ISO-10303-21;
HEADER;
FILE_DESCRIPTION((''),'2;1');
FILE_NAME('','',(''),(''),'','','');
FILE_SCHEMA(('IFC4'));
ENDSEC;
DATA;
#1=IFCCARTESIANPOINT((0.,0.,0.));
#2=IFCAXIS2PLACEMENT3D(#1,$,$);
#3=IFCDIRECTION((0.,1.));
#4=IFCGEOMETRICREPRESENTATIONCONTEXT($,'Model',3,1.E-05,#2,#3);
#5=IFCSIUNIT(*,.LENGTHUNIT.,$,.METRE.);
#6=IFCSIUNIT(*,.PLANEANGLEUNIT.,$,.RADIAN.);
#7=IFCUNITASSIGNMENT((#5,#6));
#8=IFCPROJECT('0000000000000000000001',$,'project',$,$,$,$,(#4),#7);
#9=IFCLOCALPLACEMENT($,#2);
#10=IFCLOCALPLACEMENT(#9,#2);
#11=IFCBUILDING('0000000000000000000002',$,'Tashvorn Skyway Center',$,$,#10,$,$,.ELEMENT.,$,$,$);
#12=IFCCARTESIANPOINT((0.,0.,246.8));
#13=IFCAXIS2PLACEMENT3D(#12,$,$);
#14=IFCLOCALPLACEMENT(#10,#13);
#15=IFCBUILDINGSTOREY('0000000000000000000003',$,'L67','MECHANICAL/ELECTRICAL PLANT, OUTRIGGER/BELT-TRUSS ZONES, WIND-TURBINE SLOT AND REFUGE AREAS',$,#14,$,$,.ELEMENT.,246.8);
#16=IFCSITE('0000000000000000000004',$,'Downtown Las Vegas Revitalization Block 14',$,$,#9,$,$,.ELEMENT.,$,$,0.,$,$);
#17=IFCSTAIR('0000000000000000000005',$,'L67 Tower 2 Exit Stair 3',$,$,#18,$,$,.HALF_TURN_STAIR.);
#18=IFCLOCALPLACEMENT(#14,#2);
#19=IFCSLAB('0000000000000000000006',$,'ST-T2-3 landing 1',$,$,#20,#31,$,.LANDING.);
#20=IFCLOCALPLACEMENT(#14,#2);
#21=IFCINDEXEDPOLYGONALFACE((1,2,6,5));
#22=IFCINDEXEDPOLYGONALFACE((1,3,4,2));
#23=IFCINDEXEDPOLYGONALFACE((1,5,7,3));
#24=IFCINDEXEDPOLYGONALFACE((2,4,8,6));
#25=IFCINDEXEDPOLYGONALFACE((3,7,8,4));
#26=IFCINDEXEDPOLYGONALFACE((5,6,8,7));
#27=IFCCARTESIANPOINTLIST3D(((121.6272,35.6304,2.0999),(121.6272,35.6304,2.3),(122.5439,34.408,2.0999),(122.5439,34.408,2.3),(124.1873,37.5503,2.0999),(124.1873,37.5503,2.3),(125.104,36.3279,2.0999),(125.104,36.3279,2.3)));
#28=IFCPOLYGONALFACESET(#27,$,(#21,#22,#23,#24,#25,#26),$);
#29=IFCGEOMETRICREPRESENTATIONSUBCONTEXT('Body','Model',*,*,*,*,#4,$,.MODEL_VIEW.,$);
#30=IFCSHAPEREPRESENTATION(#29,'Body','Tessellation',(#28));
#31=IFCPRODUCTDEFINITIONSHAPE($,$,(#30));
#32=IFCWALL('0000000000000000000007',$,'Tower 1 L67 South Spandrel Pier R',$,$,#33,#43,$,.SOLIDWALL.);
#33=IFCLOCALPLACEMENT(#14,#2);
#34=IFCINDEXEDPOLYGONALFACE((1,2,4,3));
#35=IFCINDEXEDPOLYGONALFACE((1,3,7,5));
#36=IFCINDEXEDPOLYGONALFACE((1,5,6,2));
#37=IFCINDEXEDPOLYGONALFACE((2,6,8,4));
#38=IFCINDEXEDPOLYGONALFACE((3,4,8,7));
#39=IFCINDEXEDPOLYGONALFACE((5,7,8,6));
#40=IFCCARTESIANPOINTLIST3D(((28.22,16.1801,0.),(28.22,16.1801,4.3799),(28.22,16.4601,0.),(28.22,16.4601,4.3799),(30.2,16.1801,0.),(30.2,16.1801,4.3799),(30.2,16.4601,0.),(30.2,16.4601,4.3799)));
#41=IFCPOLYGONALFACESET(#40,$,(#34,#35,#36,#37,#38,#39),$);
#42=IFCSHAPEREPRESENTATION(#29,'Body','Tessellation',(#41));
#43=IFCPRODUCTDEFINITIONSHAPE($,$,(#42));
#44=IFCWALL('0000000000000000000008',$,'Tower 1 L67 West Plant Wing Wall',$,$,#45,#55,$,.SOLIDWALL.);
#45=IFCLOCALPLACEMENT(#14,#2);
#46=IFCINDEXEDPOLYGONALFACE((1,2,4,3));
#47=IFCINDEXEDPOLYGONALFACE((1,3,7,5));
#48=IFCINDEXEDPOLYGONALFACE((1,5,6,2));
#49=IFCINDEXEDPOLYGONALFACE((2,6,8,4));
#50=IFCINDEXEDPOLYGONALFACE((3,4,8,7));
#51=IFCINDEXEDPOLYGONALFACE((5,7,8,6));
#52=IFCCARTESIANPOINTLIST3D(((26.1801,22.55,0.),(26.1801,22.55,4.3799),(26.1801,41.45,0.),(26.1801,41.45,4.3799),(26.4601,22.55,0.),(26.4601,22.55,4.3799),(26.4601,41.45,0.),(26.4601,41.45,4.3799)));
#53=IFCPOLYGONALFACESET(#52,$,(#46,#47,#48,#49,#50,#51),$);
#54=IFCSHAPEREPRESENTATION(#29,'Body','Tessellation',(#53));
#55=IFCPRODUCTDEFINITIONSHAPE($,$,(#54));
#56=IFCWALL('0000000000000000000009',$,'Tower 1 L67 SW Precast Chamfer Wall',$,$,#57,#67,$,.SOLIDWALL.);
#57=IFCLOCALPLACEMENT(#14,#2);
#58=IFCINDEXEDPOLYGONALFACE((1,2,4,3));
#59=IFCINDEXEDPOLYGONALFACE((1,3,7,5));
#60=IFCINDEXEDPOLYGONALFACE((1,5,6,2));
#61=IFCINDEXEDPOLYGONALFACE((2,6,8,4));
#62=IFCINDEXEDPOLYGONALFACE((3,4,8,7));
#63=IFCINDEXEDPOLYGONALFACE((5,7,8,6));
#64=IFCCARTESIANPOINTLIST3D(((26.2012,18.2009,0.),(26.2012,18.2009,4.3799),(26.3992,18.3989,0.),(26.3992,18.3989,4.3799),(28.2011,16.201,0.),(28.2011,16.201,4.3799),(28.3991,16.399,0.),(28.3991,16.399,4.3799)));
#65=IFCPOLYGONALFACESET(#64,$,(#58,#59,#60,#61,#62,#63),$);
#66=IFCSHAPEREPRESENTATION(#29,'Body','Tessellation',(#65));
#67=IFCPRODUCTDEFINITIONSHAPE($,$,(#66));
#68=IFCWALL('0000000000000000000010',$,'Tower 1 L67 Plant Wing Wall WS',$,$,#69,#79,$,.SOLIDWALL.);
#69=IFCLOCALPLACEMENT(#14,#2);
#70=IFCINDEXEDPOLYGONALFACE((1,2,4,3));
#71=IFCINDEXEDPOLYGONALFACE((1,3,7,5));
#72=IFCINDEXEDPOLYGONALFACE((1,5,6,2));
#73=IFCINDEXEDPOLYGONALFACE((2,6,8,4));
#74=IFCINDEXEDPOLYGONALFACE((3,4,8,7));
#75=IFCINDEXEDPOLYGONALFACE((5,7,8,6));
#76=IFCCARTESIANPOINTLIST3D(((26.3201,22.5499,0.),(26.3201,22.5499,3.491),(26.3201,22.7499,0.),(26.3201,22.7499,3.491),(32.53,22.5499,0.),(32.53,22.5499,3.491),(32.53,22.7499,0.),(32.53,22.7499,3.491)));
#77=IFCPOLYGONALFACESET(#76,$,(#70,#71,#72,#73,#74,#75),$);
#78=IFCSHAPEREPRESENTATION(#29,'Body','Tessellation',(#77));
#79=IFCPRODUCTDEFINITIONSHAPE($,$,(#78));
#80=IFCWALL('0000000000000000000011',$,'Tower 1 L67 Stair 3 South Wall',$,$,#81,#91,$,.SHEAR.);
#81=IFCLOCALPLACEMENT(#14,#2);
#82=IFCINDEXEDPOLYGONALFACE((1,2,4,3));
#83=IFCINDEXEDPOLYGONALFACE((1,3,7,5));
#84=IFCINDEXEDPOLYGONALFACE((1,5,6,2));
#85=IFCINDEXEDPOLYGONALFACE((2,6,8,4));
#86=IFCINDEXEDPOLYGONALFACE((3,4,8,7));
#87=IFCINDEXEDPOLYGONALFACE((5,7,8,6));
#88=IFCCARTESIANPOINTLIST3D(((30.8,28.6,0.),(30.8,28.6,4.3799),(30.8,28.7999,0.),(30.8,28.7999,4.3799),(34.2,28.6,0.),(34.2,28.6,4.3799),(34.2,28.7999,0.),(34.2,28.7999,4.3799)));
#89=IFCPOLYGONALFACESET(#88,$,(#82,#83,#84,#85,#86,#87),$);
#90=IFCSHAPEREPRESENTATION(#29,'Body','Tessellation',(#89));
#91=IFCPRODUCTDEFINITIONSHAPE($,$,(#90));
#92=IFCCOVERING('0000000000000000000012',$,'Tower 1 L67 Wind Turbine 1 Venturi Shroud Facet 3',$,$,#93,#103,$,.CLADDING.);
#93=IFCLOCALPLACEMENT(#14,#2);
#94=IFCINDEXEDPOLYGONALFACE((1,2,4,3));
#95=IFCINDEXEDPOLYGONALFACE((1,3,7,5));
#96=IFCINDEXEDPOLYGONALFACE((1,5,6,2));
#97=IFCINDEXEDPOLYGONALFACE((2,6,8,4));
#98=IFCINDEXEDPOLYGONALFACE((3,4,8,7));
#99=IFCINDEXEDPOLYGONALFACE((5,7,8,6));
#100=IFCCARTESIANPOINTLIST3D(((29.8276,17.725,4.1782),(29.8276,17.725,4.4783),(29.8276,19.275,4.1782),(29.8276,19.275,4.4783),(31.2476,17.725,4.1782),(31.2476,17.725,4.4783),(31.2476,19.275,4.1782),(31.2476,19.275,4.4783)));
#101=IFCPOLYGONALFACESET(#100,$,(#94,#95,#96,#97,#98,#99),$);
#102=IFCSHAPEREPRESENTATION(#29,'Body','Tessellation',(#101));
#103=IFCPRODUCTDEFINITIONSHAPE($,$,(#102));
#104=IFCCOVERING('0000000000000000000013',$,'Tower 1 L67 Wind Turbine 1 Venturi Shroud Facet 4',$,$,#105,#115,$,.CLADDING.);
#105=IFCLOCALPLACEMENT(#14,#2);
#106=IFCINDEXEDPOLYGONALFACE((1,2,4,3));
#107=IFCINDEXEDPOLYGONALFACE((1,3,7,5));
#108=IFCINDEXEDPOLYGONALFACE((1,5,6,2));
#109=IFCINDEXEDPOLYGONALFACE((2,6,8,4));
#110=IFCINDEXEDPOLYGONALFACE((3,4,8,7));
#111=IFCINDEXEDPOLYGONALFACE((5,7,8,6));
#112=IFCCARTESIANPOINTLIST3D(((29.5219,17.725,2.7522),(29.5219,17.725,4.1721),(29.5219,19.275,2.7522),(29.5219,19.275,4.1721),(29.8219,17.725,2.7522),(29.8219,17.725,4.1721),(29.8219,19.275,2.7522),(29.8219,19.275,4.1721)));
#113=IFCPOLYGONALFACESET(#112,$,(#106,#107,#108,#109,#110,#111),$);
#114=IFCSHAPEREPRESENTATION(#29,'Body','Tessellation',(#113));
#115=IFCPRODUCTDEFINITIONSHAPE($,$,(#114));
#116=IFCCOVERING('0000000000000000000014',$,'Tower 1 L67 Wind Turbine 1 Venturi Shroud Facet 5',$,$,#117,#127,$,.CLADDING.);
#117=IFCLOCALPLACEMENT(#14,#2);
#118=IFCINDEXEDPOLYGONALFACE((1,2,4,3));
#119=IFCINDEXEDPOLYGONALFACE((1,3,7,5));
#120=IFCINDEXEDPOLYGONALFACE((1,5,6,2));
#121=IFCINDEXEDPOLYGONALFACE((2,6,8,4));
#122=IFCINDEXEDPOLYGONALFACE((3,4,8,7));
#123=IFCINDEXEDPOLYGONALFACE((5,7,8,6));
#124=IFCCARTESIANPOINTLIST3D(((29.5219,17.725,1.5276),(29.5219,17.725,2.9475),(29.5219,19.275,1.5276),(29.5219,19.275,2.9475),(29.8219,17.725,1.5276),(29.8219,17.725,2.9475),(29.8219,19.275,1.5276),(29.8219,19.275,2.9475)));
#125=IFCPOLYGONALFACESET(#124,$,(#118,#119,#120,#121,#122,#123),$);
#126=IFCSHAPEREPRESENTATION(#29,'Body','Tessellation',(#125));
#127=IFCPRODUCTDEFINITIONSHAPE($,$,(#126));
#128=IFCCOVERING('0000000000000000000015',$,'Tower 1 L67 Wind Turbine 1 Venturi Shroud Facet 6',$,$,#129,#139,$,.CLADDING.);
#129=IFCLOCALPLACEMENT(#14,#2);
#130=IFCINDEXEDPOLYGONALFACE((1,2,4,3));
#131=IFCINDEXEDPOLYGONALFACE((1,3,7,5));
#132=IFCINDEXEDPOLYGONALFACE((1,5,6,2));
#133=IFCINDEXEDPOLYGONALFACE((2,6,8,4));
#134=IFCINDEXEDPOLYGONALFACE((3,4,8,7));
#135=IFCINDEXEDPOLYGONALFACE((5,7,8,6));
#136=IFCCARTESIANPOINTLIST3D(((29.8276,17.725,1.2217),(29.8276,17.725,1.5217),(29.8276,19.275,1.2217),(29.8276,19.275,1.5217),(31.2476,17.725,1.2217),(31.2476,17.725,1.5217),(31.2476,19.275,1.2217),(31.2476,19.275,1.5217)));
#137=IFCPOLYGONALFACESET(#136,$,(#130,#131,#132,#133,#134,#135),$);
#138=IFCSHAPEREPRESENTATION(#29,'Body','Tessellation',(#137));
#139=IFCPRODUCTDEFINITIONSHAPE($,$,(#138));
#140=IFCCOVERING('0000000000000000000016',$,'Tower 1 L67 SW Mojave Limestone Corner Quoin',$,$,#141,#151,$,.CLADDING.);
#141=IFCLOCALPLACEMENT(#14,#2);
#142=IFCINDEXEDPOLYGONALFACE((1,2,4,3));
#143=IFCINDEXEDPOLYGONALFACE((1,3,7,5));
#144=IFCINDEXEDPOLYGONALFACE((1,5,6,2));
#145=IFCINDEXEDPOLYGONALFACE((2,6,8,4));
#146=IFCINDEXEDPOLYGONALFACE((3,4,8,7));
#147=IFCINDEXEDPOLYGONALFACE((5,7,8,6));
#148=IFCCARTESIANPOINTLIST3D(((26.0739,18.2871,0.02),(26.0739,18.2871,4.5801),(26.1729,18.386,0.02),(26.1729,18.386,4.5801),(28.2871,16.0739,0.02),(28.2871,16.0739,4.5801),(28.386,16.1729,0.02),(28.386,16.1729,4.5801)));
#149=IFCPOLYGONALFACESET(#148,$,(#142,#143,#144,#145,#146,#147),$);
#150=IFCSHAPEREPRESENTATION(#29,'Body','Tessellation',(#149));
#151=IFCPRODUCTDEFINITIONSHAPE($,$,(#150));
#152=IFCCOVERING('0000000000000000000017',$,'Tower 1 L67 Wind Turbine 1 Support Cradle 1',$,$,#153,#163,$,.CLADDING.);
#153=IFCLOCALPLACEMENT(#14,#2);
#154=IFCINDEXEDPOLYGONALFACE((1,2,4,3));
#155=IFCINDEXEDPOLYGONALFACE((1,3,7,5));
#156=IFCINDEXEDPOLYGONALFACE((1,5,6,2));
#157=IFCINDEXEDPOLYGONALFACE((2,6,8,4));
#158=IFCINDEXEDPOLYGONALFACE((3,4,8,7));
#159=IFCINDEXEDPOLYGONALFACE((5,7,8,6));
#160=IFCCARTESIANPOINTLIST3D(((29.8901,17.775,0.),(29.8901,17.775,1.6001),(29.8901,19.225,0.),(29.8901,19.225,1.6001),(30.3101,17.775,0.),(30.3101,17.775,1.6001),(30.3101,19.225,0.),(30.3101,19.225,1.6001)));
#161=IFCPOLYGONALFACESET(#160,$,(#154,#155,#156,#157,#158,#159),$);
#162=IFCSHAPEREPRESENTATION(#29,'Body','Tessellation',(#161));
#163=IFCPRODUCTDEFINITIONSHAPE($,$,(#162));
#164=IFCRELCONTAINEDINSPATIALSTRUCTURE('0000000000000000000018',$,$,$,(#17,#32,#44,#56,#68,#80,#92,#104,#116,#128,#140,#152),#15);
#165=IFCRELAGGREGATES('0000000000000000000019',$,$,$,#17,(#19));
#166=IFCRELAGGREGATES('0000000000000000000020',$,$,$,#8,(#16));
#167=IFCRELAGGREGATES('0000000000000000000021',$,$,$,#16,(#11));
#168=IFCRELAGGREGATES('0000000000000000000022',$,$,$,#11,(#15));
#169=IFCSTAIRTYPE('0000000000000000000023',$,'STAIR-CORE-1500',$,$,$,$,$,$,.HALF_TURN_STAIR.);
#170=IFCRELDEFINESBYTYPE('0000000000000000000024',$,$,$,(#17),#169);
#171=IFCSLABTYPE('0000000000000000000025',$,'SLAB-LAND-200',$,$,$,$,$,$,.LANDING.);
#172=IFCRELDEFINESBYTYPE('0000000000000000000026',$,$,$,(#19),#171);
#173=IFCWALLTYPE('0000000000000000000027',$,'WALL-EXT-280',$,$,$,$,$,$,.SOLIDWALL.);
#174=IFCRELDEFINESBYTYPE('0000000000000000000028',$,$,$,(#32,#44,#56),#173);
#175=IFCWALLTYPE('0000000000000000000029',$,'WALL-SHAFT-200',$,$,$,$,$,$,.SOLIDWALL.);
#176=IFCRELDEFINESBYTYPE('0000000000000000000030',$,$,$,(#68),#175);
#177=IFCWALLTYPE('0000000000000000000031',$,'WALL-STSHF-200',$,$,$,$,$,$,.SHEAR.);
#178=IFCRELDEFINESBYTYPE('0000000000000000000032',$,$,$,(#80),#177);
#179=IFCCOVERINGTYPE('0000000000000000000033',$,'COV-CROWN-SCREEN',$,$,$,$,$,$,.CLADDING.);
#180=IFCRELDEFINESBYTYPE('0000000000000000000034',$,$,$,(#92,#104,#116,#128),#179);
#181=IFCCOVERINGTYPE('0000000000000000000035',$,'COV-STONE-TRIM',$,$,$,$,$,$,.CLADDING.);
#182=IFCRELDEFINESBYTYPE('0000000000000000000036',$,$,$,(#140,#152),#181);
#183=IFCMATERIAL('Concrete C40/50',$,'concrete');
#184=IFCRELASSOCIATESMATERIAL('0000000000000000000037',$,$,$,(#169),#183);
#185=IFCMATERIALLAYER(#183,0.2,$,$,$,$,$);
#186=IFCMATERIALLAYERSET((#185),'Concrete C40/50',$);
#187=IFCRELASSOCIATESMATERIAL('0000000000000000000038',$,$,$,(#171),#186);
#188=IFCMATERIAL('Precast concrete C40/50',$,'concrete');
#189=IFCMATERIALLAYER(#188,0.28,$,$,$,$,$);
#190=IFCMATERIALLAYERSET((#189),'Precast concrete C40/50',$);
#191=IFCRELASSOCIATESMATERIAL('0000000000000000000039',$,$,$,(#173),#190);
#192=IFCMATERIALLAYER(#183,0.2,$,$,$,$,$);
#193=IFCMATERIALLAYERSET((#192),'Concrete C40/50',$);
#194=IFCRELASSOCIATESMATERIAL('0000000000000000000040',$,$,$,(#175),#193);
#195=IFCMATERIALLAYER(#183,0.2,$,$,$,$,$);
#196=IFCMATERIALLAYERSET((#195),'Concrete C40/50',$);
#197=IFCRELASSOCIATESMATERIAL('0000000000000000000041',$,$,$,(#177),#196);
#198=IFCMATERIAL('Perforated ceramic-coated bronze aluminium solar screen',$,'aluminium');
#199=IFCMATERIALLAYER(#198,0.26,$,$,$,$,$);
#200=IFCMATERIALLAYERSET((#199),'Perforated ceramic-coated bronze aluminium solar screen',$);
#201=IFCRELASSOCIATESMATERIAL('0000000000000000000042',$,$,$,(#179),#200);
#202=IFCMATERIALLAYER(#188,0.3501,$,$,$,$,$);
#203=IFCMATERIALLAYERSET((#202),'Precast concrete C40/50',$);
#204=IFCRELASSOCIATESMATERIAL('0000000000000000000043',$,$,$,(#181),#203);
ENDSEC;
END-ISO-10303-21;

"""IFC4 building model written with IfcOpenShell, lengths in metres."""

from ifc_helpers import new_model, si_unit, direction, frame, frame_2d, origin, origin_2d, place, context, subcontext, project, spatial, polyline, rectangle, outline, extrude, material, layer, layer_set, type_object, element, aggregate, save


model = new_model("IFC4")

# Units and contexts
model_context = context("Model", 3, precision=1e-05, world=origin(), true_north=direction((0.0, 1.0)))
body_context = subcontext(model_context, "Body", "Model", "MODEL_VIEW")
ifc_project = project(units=[si_unit("LENGTHUNIT", "METRE"), si_unit("PLANEANGLEUNIT", "RADIAN")], contexts=[model_context])

# Site, building, storey
site_placement = place(None, origin())
site = spatial("IfcSite", under=ifc_project, at=site_placement, Name="Downtown Las Vegas Revitalization Block 14", CompositionType="ELEMENT", RefElevation=0.0)
building_placement = place(site_placement, origin())
building = spatial("IfcBuilding", under=site, at=building_placement, Name="Tashvorn Skyway Center", CompositionType="ELEMENT")
storey_placement = place(building_placement, frame((0.0, 0.0, 246.8)))
storey = spatial("IfcBuildingStorey", under=building, at=storey_placement, Name="L67", Description="MECHANICAL/ELECTRICAL PLANT, OUTRIGGER/BELT-TRUSS ZONES, WIND-TURBINE SLOT AND REFUGE AREAS", CompositionType="ELEMENT", Elevation=246.8)

# Stair, slab
ifc_material_1 = material(Name="Concrete C40/50", Category="concrete")
stair_type = type_object("IfcStairType", Name="STAIR-CORE-1500", PredefinedType="HALF_TURN_STAIR", material=ifc_material_1)
ifc_layer_1 = layer(ifc_material_1, 0.2)
ifc_layer_set_1 = layer_set([ifc_layer_1], Name="Concrete C40/50")
slab_type_1 = type_object("IfcSlabType", Name="SLAB-LAND-200", PredefinedType="LANDING", material=ifc_layer_set_1)
stair_1_placement = place(storey_placement, origin())
stair_1 = element("IfcStair", 1, at=stair_1_placement, inside=storey, type_object=stair_type, Name="L67 Tower 2 Exit Stair 3", PredefinedType="HALF_TURN_STAIR")
slab_1_placement = place(storey_placement, frame((0.0, 0.0, 2.0999)))
slab_1 = element("IfcSlab", 2, at=slab_1_placement, type_object=slab_type_1, Name="ST-T2-3 landing 1", PredefinedType="LANDING", context=body_context, shape_type="SweptSolid", body=[
    extrude(outline(polyline([(121.6272, 35.6304), (122.5439, 34.408), (125.104, 36.3279), (124.1873, 37.5503), (121.6272, 35.6304)])), origin(), (0.0, 0.0, 1.0), 0.2002),
])
aggregate(stair_1, [slab_1])

# Walls
ifc_material_2 = material(Name="Precast concrete C40/50", Category="concrete")
ifc_layer_2 = layer(ifc_material_2, 0.28)
ifc_layer_set_2 = layer_set([ifc_layer_2], Name="Precast concrete C40/50")
wall_type_1 = type_object("IfcWallType", Name="WALL-EXT-280", PredefinedType="SOLIDWALL", material=ifc_layer_set_2)
wall_1_placement = place(storey_placement, frame((30.2, 16.3201, 0.0), z_axis=(0.0, 0.0, 1.0), x_axis=(-1.0, 0.0, 0.0)))
element("IfcWall", 3, at=wall_1_placement, inside=storey, type_object=wall_type_1, Name="Tower 1 L67 South Spandrel Pier R", PredefinedType="SOLIDWALL", context=body_context, shape_type="SweptSolid", body=[
    extrude(rectangle(XDim=1.98, YDim=0.28, at=frame_2d((0.99, 0.0))), origin(), (0.0, 0.0, 1.0), 4.3799),
])
wall_2_placement = place(storey_placement, frame((26.3201, 22.55, 0.0), z_axis=(0.0, 0.0, 1.0), x_axis=(0.0, 1.0, 0.0)))
element("IfcWall", 4, at=wall_2_placement, inside=storey, type_object=wall_type_1, Name="Tower 1 L67 West Plant Wing Wall", PredefinedType="SOLIDWALL", context=body_context, shape_type="SweptSolid", body=[
    extrude(rectangle(XDim=18.8999, YDim=0.28, at=frame_2d((9.45, 0.0))), origin(), (0.0, 0.0, 1.0), 4.3799),
])
wall_3_placement = place(storey_placement, frame((28.3, 16.3, 0.0), z_axis=(0.0, 0.0, 1.0), x_axis=(-0.707107, 0.707107, 0.0)))
element("IfcWall", 5, at=wall_3_placement, inside=storey, type_object=wall_type_1, Name="Tower 1 L67 SW Precast Chamfer Wall", PredefinedType="SOLIDWALL", context=body_context, shape_type="SweptSolid", body=[
    extrude(rectangle(XDim=2.8284, YDim=0.28, at=frame_2d((1.4141, 0.0))), origin(), (0.0, 0.0, 1.0), 4.3799),
])
ifc_layer_3 = layer(ifc_material_1, 0.2)
ifc_layer_set_3 = layer_set([ifc_layer_3], Name="Concrete C40/50")
wall_type_2 = type_object("IfcWallType", Name="WALL-SHAFT-200", PredefinedType="SOLIDWALL", material=ifc_layer_set_3)
wall_4_placement = place(storey_placement, frame((26.3201, 22.6499, 0.0), z_axis=(0.0, 0.0, 1.0), x_axis=(1.0, 0.0, 0.0)))
element("IfcWall", 6, at=wall_4_placement, inside=storey, type_object=wall_type_2, Name="Tower 1 L67 Plant Wing Wall WS", PredefinedType="SOLIDWALL", context=body_context, shape_type="SweptSolid", body=[
    extrude(rectangle(XDim=6.21, YDim=0.2, at=frame_2d((3.105, 0.0))), origin(), (0.0, 0.0, 1.0), 3.491),
])
ifc_layer_4 = layer(ifc_material_1, 0.2)
ifc_layer_set_4 = layer_set([ifc_layer_4], Name="Concrete C40/50")
wall_type_3 = type_object("IfcWallType", Name="WALL-STSHF-200", PredefinedType="SHEAR", material=ifc_layer_set_4)
wall_5_placement = place(storey_placement, frame((30.8, 28.7, 0.0), z_axis=(0.0, 0.0, 1.0), x_axis=(1.0, 0.0, 0.0)))
element("IfcWall", 7, at=wall_5_placement, inside=storey, type_object=wall_type_3, Name="Tower 1 L67 Stair 3 South Wall", PredefinedType="SHEAR", context=body_context, shape_type="SweptSolid", body=[
    extrude(rectangle(XDim=3.3999, YDim=0.2, at=frame_2d((1.7, 0.0))), origin(), (0.0, 0.0, 1.0), 4.3799),
])

# Coverings
ifc_material_3 = material(Name="Perforated ceramic-coated bronze aluminium solar screen", Category="aluminium")
ifc_layer_5 = layer(ifc_material_3, 0.26)
ifc_layer_set_5 = layer_set([ifc_layer_5], Name="Perforated ceramic-coated bronze aluminium solar screen")
covering_type_1 = type_object("IfcCoveringType", Name="COV-CROWN-SCREEN", PredefinedType="CLADDING", material=ifc_layer_set_5)
covering_1_placement = place(storey_placement, frame((30.5376, 18.5, 4.1782), z_axis=(0.0, 0.0, 1.0), x_axis=(1.0, 0.0, 0.0)))
element("IfcCovering", 8, at=covering_1_placement, inside=storey, type_object=covering_type_1, Name="Tower 1 L67 Wind Turbine 1 Venturi Shroud Facet 3", PredefinedType="CLADDING", context=body_context, shape_type="SweptSolid", body=[
    extrude(rectangle(XDim=1.4199, YDim=1.55, at=origin_2d()), origin(), (0.0, 0.0, 1.0), 0.3),
])
for number, where, z_axis, x_axis, name in (
    (9, (29.6719, 18.5, 2.7522), (0.0, 0.0, 1.0), (1.0, 0.0, 0.0), "Tower 1 L67 Wind Turbine 1 Venturi Shroud Facet 4"),
    (10, (29.6719, 18.5, 1.5276), (0.0, 0.0, 1.0), (1.0, 0.0, 0.0), "Tower 1 L67 Wind Turbine 1 Venturi Shroud Facet 5"),
):
    element("IfcCovering", number, at=place(storey_placement, frame(where, z_axis=z_axis, x_axis=x_axis)), inside=storey, type_object=covering_type_1, Name=name, PredefinedType="CLADDING", context=body_context, shape_type="SweptSolid", body=[
        extrude(rectangle(XDim=0.3, YDim=1.55, at=origin_2d()), origin(), (0.0, 0.0, 1.0), 1.4199),
    ])
covering_2_placement = place(storey_placement, frame((30.5376, 18.5, 1.2217), z_axis=(0.0, 0.0, 1.0), x_axis=(1.0, 0.0, 0.0)))
element("IfcCovering", 11, at=covering_2_placement, inside=storey, type_object=covering_type_1, Name="Tower 1 L67 Wind Turbine 1 Venturi Shroud Facet 6", PredefinedType="CLADDING", context=body_context, shape_type="SweptSolid", body=[
    extrude(rectangle(XDim=1.4199, YDim=1.55, at=origin_2d()), origin(), (0.0, 0.0, 1.0), 0.3),
])
ifc_layer_6 = layer(ifc_material_2, 0.3501)
ifc_layer_set_6 = layer_set([ifc_layer_6], Name="Precast concrete C40/50")
covering_type_2 = type_object("IfcCoveringType", Name="COV-STONE-TRIM", PredefinedType="CLADDING", material=ifc_layer_set_6)
covering_3_placement = place(storey_placement, frame((27.23, 17.23, 0.02), z_axis=(0.0, 0.0, 1.0), x_axis=(-0.707107, 0.707107, 0.0)))
element("IfcCovering", 12, at=covering_3_placement, inside=storey, type_object=covering_type_2, Name="Tower 1 L67 SW Mojave Limestone Corner Quoin", PredefinedType="CLADDING", context=body_context, shape_type="SweptSolid", body=[
    extrude(rectangle(XDim=3.1299, YDim=0.1399, at=origin_2d()), origin(), (0.0, 0.0, 1.0), 4.5601),
])
covering_4_placement = place(storey_placement, frame((30.1001, 18.5, 0.0), z_axis=(0.0, 0.0, 1.0), x_axis=(1.0, 0.0, 0.0)))
element("IfcCovering", 13, at=covering_4_placement, inside=storey, type_object=covering_type_2, Name="Tower 1 L67 Wind Turbine 1 Support Cradle 1", PredefinedType="CLADDING", context=body_context, shape_type="SweptSolid", body=[
    extrude(rectangle(XDim=0.4199, YDim=1.45, at=origin_2d()), origin(), (0.0, 0.0, 1.0), 1.6001),
])

save(model, "model.ifc")
